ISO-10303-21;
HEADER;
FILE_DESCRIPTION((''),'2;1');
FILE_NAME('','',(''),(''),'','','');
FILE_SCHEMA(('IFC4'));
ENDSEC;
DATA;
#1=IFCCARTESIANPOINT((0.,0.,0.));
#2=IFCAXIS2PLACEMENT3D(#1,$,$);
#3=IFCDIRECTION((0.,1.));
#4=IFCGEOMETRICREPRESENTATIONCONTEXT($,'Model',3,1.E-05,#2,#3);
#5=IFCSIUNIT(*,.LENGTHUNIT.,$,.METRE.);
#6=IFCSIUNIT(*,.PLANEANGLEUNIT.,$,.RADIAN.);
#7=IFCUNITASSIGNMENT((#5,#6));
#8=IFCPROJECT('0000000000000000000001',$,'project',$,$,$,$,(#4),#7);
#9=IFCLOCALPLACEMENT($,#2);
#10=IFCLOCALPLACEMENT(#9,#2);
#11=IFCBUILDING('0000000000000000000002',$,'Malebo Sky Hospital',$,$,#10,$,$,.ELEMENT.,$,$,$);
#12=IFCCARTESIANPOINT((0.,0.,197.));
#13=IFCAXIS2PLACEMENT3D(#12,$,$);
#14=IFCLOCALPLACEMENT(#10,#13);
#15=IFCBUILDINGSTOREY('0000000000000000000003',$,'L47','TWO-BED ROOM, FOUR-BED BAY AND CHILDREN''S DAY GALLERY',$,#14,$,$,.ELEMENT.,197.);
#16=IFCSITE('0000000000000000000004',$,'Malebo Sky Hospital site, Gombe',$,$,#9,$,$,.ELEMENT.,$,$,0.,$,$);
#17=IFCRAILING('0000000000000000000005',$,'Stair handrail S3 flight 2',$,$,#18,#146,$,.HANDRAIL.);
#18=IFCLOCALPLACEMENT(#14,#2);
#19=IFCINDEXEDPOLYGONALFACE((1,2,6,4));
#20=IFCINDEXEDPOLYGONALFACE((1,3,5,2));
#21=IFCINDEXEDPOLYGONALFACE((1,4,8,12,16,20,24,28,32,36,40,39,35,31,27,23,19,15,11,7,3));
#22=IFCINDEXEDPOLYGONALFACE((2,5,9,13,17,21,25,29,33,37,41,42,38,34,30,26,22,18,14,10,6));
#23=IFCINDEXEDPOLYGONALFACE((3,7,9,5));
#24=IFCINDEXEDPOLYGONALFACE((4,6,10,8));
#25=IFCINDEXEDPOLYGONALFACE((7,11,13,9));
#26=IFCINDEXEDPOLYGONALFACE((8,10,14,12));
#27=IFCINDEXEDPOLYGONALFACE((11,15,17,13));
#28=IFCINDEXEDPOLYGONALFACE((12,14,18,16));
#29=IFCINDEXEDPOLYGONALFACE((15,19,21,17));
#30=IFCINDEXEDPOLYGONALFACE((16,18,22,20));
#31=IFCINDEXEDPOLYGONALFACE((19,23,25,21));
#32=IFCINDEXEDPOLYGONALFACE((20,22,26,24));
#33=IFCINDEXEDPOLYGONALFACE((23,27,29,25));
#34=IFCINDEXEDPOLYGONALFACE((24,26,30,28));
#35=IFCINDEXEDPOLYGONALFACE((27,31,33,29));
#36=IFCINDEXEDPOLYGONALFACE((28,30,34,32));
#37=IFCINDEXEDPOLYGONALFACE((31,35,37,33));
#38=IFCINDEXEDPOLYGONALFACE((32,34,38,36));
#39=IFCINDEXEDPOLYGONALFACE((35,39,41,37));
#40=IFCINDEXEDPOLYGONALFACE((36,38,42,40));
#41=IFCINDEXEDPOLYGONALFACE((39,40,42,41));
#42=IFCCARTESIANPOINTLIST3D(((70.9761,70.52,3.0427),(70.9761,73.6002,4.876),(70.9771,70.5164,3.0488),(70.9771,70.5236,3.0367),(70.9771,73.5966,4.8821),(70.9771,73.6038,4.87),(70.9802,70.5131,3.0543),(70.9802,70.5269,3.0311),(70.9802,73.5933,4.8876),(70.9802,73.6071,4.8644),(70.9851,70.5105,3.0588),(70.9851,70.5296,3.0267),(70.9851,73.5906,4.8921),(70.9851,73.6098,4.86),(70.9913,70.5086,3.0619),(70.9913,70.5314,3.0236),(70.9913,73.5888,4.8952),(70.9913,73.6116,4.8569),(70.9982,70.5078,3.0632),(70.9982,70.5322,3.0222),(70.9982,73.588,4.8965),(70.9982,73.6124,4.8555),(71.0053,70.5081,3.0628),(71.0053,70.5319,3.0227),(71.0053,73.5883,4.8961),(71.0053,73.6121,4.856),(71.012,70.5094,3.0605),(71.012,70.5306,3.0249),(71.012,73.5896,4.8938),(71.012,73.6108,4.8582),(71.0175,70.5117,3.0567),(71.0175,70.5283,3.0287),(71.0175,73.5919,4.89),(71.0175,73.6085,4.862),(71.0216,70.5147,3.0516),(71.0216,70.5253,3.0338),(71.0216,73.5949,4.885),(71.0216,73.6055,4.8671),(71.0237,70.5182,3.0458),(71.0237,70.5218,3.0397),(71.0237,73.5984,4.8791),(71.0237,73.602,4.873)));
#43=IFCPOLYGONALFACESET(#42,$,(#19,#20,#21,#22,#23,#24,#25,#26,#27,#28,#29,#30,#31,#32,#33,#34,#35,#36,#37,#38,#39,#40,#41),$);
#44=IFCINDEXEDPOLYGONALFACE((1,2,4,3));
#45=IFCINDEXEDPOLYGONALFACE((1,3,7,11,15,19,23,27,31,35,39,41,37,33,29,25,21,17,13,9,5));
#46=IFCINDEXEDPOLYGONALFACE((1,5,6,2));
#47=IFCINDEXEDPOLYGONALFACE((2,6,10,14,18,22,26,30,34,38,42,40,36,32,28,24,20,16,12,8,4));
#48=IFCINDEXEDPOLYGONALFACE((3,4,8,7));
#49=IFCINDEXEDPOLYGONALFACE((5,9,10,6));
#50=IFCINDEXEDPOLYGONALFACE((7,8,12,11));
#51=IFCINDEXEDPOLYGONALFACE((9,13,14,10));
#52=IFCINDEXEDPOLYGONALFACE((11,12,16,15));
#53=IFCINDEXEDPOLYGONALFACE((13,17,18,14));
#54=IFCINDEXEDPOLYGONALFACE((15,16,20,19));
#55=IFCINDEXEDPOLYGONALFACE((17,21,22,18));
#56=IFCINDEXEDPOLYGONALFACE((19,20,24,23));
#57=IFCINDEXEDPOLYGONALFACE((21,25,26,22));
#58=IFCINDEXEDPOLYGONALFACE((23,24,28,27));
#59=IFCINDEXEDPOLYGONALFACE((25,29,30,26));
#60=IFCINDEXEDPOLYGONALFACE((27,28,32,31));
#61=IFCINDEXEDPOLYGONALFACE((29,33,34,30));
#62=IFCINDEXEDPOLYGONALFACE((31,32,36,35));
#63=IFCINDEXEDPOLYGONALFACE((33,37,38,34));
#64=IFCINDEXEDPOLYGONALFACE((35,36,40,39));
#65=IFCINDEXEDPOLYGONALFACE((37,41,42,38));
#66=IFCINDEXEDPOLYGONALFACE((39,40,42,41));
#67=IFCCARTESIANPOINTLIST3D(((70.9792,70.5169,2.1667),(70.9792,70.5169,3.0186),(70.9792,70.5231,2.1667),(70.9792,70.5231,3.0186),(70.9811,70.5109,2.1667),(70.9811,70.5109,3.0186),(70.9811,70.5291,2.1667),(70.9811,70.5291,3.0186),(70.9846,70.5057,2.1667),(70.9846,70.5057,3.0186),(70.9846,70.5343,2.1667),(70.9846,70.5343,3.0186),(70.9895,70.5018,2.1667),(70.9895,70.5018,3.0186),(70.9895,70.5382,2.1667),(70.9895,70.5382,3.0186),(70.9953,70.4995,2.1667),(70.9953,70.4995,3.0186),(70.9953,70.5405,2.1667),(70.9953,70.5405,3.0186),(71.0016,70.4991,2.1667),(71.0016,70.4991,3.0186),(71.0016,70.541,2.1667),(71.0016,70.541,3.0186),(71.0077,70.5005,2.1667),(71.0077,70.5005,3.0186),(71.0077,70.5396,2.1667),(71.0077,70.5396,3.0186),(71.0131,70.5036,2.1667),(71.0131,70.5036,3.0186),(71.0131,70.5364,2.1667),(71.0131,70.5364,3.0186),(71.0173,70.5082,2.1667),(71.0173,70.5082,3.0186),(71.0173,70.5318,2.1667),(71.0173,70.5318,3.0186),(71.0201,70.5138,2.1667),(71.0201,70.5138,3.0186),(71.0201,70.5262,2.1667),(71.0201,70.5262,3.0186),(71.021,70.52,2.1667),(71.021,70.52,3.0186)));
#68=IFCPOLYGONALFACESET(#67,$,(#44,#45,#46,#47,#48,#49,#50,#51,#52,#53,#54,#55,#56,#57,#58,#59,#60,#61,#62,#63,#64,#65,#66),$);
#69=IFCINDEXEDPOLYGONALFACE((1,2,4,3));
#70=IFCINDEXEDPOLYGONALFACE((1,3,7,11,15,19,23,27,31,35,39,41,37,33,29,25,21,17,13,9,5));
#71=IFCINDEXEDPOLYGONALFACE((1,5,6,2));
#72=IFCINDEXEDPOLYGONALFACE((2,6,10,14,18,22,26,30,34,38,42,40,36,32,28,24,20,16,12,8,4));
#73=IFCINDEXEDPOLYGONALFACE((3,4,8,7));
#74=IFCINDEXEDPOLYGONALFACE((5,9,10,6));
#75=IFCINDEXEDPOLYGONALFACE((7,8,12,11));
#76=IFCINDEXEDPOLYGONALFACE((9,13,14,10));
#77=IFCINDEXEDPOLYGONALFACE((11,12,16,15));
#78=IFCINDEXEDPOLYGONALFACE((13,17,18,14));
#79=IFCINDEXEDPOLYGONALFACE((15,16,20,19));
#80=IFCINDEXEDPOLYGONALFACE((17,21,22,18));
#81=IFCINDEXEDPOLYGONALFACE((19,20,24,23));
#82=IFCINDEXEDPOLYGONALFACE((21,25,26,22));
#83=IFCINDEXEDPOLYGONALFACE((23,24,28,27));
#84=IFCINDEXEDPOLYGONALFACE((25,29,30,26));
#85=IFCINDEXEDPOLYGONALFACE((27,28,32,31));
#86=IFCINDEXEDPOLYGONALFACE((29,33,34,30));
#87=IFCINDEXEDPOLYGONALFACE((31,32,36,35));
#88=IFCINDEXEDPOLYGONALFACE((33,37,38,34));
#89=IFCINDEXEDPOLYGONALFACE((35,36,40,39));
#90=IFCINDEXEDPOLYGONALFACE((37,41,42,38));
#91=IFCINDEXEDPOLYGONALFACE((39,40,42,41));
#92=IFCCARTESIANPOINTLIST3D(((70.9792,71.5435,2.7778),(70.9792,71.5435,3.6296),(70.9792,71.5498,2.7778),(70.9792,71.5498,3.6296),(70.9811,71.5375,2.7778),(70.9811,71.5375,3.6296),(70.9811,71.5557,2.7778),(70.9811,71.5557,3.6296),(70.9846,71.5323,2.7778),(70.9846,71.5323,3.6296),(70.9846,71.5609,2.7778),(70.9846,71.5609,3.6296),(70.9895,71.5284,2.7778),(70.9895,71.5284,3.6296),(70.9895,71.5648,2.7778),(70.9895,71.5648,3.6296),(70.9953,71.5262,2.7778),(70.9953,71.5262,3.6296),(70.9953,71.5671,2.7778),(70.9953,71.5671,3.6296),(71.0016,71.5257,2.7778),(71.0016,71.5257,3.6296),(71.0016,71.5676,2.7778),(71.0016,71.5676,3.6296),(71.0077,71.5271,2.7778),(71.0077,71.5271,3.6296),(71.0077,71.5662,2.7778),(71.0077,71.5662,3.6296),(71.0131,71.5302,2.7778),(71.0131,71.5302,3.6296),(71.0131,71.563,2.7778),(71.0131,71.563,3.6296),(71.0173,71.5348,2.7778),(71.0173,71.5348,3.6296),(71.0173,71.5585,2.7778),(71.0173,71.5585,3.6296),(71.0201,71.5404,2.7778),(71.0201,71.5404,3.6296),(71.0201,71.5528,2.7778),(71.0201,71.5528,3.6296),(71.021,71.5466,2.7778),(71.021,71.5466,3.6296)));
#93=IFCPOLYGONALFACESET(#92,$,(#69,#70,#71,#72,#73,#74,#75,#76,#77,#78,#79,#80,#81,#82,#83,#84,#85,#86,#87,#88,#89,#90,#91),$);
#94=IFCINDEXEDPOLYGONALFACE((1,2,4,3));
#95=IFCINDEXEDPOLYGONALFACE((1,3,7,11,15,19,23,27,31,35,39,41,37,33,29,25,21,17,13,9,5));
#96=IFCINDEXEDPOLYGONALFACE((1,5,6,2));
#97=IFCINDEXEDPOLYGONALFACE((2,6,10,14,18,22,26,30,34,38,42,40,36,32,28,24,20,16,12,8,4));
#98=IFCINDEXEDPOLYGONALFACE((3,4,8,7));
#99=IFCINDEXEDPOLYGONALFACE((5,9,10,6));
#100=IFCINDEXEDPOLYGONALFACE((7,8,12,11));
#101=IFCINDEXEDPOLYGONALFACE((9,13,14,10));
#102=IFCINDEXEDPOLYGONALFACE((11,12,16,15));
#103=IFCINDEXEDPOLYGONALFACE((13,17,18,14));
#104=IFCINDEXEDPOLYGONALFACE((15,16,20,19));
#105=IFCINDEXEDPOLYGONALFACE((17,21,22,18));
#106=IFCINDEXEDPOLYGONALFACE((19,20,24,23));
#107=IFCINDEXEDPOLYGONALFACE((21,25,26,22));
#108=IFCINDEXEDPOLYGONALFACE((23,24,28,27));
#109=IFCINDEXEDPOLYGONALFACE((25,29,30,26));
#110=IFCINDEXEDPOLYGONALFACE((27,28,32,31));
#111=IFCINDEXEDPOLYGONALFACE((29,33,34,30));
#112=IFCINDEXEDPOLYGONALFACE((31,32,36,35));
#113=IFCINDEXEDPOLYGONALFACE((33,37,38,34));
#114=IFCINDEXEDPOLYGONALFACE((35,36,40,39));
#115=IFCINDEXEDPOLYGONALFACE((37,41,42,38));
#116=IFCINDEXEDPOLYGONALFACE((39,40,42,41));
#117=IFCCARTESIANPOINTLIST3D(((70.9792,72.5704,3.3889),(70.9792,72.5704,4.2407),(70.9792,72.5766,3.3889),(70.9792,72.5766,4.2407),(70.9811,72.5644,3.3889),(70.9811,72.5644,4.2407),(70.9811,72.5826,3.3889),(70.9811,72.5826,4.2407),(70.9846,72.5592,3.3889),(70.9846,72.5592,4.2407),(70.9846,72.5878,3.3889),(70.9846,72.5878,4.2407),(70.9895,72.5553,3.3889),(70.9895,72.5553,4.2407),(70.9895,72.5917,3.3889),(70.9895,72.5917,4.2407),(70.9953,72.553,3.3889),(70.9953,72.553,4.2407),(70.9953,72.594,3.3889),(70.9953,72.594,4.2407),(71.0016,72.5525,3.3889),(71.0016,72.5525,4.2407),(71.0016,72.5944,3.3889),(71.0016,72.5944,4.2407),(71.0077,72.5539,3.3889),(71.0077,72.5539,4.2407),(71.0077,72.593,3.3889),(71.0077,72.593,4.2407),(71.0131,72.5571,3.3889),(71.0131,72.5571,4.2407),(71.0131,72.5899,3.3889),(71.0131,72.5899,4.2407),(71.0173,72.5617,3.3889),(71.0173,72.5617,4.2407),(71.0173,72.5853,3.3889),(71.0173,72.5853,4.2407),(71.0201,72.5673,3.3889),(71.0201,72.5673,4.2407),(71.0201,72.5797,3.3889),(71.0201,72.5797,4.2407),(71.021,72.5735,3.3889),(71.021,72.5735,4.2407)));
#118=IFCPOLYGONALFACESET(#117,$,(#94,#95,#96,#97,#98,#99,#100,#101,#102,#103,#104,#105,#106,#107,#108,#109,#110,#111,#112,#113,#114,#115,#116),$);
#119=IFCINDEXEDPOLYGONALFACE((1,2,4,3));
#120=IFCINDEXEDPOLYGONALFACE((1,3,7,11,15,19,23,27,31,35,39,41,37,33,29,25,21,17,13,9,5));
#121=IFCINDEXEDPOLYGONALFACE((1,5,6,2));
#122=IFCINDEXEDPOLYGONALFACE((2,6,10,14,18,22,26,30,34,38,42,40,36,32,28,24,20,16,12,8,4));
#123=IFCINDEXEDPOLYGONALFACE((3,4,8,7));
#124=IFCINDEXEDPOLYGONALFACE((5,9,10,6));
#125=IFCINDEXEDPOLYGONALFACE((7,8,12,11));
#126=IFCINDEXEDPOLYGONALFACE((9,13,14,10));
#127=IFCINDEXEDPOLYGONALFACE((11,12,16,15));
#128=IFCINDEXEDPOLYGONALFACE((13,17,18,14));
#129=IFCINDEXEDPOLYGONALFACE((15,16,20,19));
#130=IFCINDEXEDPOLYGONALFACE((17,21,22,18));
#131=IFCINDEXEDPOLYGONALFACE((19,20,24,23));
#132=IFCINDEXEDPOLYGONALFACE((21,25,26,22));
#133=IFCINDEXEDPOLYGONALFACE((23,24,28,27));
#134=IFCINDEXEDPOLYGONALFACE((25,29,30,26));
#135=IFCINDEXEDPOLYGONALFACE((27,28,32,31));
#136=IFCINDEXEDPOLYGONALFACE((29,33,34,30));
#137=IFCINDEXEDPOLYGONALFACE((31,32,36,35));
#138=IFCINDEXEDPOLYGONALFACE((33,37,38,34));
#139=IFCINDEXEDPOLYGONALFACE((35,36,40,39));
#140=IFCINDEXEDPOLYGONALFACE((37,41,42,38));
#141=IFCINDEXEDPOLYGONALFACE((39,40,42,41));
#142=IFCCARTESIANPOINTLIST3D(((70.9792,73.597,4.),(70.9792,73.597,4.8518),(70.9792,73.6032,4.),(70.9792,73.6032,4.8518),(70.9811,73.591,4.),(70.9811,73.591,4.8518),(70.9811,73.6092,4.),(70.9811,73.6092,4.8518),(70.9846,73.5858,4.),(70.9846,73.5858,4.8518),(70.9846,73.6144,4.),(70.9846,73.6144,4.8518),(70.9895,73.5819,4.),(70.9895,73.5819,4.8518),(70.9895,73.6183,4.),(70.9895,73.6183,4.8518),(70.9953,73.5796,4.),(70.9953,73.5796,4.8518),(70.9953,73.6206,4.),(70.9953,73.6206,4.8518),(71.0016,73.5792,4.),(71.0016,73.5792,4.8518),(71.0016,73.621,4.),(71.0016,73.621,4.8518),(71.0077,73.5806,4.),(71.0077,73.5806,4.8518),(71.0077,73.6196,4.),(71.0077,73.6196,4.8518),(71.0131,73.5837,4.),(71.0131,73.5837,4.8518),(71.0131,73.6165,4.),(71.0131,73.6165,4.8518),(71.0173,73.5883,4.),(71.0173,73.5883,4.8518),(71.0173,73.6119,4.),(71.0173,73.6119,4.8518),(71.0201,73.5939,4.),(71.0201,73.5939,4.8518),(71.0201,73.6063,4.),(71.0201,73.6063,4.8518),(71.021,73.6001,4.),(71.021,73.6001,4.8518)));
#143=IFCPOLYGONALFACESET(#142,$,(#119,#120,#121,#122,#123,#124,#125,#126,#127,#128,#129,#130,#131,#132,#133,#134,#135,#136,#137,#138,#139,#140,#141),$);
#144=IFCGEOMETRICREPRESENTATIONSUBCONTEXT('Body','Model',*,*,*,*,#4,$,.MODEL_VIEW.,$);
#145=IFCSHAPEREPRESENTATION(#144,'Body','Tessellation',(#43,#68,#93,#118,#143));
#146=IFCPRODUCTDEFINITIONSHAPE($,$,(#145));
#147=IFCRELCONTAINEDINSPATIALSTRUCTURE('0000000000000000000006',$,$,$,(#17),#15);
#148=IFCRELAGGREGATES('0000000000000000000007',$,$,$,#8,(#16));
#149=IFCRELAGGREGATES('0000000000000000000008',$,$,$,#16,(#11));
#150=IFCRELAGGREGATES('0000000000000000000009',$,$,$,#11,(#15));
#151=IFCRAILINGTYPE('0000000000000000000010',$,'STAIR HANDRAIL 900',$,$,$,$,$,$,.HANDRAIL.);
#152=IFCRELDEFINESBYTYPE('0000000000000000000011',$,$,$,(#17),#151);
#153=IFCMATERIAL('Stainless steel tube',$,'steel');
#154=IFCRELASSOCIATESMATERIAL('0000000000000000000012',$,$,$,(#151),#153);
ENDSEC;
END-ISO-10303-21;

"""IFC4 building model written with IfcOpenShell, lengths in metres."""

from ifc_helpers import new_model, si_unit, direction, frame, origin, origin_2d, place, context, subcontext, project, spatial, circle, extrude, material, type_object, element, save


model = new_model("IFC4")

# Units and contexts
model_context = context("Model", 3, precision=1e-05, world=origin(), true_north=direction((0.0, 1.0)))
body_context = subcontext(model_context, "Body", "Model", "MODEL_VIEW")
ifc_project = project(units=[si_unit("LENGTHUNIT", "METRE"), si_unit("PLANEANGLEUNIT", "RADIAN")], contexts=[model_context])

# Site, building, storey
site_placement = place(None, origin())
site = spatial("IfcSite", under=ifc_project, at=site_placement, Name="Malebo Sky Hospital site, Gombe", CompositionType="ELEMENT", RefElevation=0.0)
building_placement = place(site_placement, origin())
building = spatial("IfcBuilding", under=site, at=building_placement, Name="Malebo Sky Hospital", CompositionType="ELEMENT")
storey_placement = place(building_placement, frame((0.0, 0.0, 197.0)))
storey = spatial("IfcBuildingStorey", under=building, at=storey_placement, Name="L47", Description="TWO-BED ROOM, FOUR-BED BAY AND CHILDREN'S DAY GALLERY", CompositionType="ELEMENT", Elevation=197.0)

# Railing
ifc_material_1 = material(Name="Stainless steel tube", Category="steel")
railing_type = type_object("IfcRailingType", Name="STAIR HANDRAIL 900", PredefinedType="HANDRAIL", material=ifc_material_1)
railing_1_placement = place(storey_placement, frame((71.0, 70.52, 2.1667)))
element("IfcRailing", 1, at=railing_1_placement, inside=storey, type_object=railing_type, Name="Stair handrail S3 flight 2", PredefinedType="HANDRAIL", context=body_context, shape_type="SweptSolid", body=[
    extrude(circle(Radius=0.0239, at=origin_2d()), frame((0.0, 0.0, 0.876), z_axis=(0.0, 0.859309, 0.511458), x_axis=(-1.0, 0.0, 0.0)), (0.0, 0.0, 1.0), 3.5845),
    extrude(circle(Radius=0.021, at=origin_2d()), origin(), (0.0, 0.0, 1.0), 0.8518),
    extrude(circle(Radius=0.021, at=origin_2d()), frame((0.0, 1.0266, 0.6111)), (0.0, 0.0, 1.0), 0.8518),
    extrude(circle(Radius=0.021, at=origin_2d()), frame((0.0, 2.0535, 1.2222)), (0.0, 0.0, 1.0), 0.8518),
    extrude(circle(Radius=0.021, at=origin_2d()), frame((0.0, 3.0801, 1.8333)), (0.0, 0.0, 1.0), 0.8518),
])

save(model, "model.ifc")
